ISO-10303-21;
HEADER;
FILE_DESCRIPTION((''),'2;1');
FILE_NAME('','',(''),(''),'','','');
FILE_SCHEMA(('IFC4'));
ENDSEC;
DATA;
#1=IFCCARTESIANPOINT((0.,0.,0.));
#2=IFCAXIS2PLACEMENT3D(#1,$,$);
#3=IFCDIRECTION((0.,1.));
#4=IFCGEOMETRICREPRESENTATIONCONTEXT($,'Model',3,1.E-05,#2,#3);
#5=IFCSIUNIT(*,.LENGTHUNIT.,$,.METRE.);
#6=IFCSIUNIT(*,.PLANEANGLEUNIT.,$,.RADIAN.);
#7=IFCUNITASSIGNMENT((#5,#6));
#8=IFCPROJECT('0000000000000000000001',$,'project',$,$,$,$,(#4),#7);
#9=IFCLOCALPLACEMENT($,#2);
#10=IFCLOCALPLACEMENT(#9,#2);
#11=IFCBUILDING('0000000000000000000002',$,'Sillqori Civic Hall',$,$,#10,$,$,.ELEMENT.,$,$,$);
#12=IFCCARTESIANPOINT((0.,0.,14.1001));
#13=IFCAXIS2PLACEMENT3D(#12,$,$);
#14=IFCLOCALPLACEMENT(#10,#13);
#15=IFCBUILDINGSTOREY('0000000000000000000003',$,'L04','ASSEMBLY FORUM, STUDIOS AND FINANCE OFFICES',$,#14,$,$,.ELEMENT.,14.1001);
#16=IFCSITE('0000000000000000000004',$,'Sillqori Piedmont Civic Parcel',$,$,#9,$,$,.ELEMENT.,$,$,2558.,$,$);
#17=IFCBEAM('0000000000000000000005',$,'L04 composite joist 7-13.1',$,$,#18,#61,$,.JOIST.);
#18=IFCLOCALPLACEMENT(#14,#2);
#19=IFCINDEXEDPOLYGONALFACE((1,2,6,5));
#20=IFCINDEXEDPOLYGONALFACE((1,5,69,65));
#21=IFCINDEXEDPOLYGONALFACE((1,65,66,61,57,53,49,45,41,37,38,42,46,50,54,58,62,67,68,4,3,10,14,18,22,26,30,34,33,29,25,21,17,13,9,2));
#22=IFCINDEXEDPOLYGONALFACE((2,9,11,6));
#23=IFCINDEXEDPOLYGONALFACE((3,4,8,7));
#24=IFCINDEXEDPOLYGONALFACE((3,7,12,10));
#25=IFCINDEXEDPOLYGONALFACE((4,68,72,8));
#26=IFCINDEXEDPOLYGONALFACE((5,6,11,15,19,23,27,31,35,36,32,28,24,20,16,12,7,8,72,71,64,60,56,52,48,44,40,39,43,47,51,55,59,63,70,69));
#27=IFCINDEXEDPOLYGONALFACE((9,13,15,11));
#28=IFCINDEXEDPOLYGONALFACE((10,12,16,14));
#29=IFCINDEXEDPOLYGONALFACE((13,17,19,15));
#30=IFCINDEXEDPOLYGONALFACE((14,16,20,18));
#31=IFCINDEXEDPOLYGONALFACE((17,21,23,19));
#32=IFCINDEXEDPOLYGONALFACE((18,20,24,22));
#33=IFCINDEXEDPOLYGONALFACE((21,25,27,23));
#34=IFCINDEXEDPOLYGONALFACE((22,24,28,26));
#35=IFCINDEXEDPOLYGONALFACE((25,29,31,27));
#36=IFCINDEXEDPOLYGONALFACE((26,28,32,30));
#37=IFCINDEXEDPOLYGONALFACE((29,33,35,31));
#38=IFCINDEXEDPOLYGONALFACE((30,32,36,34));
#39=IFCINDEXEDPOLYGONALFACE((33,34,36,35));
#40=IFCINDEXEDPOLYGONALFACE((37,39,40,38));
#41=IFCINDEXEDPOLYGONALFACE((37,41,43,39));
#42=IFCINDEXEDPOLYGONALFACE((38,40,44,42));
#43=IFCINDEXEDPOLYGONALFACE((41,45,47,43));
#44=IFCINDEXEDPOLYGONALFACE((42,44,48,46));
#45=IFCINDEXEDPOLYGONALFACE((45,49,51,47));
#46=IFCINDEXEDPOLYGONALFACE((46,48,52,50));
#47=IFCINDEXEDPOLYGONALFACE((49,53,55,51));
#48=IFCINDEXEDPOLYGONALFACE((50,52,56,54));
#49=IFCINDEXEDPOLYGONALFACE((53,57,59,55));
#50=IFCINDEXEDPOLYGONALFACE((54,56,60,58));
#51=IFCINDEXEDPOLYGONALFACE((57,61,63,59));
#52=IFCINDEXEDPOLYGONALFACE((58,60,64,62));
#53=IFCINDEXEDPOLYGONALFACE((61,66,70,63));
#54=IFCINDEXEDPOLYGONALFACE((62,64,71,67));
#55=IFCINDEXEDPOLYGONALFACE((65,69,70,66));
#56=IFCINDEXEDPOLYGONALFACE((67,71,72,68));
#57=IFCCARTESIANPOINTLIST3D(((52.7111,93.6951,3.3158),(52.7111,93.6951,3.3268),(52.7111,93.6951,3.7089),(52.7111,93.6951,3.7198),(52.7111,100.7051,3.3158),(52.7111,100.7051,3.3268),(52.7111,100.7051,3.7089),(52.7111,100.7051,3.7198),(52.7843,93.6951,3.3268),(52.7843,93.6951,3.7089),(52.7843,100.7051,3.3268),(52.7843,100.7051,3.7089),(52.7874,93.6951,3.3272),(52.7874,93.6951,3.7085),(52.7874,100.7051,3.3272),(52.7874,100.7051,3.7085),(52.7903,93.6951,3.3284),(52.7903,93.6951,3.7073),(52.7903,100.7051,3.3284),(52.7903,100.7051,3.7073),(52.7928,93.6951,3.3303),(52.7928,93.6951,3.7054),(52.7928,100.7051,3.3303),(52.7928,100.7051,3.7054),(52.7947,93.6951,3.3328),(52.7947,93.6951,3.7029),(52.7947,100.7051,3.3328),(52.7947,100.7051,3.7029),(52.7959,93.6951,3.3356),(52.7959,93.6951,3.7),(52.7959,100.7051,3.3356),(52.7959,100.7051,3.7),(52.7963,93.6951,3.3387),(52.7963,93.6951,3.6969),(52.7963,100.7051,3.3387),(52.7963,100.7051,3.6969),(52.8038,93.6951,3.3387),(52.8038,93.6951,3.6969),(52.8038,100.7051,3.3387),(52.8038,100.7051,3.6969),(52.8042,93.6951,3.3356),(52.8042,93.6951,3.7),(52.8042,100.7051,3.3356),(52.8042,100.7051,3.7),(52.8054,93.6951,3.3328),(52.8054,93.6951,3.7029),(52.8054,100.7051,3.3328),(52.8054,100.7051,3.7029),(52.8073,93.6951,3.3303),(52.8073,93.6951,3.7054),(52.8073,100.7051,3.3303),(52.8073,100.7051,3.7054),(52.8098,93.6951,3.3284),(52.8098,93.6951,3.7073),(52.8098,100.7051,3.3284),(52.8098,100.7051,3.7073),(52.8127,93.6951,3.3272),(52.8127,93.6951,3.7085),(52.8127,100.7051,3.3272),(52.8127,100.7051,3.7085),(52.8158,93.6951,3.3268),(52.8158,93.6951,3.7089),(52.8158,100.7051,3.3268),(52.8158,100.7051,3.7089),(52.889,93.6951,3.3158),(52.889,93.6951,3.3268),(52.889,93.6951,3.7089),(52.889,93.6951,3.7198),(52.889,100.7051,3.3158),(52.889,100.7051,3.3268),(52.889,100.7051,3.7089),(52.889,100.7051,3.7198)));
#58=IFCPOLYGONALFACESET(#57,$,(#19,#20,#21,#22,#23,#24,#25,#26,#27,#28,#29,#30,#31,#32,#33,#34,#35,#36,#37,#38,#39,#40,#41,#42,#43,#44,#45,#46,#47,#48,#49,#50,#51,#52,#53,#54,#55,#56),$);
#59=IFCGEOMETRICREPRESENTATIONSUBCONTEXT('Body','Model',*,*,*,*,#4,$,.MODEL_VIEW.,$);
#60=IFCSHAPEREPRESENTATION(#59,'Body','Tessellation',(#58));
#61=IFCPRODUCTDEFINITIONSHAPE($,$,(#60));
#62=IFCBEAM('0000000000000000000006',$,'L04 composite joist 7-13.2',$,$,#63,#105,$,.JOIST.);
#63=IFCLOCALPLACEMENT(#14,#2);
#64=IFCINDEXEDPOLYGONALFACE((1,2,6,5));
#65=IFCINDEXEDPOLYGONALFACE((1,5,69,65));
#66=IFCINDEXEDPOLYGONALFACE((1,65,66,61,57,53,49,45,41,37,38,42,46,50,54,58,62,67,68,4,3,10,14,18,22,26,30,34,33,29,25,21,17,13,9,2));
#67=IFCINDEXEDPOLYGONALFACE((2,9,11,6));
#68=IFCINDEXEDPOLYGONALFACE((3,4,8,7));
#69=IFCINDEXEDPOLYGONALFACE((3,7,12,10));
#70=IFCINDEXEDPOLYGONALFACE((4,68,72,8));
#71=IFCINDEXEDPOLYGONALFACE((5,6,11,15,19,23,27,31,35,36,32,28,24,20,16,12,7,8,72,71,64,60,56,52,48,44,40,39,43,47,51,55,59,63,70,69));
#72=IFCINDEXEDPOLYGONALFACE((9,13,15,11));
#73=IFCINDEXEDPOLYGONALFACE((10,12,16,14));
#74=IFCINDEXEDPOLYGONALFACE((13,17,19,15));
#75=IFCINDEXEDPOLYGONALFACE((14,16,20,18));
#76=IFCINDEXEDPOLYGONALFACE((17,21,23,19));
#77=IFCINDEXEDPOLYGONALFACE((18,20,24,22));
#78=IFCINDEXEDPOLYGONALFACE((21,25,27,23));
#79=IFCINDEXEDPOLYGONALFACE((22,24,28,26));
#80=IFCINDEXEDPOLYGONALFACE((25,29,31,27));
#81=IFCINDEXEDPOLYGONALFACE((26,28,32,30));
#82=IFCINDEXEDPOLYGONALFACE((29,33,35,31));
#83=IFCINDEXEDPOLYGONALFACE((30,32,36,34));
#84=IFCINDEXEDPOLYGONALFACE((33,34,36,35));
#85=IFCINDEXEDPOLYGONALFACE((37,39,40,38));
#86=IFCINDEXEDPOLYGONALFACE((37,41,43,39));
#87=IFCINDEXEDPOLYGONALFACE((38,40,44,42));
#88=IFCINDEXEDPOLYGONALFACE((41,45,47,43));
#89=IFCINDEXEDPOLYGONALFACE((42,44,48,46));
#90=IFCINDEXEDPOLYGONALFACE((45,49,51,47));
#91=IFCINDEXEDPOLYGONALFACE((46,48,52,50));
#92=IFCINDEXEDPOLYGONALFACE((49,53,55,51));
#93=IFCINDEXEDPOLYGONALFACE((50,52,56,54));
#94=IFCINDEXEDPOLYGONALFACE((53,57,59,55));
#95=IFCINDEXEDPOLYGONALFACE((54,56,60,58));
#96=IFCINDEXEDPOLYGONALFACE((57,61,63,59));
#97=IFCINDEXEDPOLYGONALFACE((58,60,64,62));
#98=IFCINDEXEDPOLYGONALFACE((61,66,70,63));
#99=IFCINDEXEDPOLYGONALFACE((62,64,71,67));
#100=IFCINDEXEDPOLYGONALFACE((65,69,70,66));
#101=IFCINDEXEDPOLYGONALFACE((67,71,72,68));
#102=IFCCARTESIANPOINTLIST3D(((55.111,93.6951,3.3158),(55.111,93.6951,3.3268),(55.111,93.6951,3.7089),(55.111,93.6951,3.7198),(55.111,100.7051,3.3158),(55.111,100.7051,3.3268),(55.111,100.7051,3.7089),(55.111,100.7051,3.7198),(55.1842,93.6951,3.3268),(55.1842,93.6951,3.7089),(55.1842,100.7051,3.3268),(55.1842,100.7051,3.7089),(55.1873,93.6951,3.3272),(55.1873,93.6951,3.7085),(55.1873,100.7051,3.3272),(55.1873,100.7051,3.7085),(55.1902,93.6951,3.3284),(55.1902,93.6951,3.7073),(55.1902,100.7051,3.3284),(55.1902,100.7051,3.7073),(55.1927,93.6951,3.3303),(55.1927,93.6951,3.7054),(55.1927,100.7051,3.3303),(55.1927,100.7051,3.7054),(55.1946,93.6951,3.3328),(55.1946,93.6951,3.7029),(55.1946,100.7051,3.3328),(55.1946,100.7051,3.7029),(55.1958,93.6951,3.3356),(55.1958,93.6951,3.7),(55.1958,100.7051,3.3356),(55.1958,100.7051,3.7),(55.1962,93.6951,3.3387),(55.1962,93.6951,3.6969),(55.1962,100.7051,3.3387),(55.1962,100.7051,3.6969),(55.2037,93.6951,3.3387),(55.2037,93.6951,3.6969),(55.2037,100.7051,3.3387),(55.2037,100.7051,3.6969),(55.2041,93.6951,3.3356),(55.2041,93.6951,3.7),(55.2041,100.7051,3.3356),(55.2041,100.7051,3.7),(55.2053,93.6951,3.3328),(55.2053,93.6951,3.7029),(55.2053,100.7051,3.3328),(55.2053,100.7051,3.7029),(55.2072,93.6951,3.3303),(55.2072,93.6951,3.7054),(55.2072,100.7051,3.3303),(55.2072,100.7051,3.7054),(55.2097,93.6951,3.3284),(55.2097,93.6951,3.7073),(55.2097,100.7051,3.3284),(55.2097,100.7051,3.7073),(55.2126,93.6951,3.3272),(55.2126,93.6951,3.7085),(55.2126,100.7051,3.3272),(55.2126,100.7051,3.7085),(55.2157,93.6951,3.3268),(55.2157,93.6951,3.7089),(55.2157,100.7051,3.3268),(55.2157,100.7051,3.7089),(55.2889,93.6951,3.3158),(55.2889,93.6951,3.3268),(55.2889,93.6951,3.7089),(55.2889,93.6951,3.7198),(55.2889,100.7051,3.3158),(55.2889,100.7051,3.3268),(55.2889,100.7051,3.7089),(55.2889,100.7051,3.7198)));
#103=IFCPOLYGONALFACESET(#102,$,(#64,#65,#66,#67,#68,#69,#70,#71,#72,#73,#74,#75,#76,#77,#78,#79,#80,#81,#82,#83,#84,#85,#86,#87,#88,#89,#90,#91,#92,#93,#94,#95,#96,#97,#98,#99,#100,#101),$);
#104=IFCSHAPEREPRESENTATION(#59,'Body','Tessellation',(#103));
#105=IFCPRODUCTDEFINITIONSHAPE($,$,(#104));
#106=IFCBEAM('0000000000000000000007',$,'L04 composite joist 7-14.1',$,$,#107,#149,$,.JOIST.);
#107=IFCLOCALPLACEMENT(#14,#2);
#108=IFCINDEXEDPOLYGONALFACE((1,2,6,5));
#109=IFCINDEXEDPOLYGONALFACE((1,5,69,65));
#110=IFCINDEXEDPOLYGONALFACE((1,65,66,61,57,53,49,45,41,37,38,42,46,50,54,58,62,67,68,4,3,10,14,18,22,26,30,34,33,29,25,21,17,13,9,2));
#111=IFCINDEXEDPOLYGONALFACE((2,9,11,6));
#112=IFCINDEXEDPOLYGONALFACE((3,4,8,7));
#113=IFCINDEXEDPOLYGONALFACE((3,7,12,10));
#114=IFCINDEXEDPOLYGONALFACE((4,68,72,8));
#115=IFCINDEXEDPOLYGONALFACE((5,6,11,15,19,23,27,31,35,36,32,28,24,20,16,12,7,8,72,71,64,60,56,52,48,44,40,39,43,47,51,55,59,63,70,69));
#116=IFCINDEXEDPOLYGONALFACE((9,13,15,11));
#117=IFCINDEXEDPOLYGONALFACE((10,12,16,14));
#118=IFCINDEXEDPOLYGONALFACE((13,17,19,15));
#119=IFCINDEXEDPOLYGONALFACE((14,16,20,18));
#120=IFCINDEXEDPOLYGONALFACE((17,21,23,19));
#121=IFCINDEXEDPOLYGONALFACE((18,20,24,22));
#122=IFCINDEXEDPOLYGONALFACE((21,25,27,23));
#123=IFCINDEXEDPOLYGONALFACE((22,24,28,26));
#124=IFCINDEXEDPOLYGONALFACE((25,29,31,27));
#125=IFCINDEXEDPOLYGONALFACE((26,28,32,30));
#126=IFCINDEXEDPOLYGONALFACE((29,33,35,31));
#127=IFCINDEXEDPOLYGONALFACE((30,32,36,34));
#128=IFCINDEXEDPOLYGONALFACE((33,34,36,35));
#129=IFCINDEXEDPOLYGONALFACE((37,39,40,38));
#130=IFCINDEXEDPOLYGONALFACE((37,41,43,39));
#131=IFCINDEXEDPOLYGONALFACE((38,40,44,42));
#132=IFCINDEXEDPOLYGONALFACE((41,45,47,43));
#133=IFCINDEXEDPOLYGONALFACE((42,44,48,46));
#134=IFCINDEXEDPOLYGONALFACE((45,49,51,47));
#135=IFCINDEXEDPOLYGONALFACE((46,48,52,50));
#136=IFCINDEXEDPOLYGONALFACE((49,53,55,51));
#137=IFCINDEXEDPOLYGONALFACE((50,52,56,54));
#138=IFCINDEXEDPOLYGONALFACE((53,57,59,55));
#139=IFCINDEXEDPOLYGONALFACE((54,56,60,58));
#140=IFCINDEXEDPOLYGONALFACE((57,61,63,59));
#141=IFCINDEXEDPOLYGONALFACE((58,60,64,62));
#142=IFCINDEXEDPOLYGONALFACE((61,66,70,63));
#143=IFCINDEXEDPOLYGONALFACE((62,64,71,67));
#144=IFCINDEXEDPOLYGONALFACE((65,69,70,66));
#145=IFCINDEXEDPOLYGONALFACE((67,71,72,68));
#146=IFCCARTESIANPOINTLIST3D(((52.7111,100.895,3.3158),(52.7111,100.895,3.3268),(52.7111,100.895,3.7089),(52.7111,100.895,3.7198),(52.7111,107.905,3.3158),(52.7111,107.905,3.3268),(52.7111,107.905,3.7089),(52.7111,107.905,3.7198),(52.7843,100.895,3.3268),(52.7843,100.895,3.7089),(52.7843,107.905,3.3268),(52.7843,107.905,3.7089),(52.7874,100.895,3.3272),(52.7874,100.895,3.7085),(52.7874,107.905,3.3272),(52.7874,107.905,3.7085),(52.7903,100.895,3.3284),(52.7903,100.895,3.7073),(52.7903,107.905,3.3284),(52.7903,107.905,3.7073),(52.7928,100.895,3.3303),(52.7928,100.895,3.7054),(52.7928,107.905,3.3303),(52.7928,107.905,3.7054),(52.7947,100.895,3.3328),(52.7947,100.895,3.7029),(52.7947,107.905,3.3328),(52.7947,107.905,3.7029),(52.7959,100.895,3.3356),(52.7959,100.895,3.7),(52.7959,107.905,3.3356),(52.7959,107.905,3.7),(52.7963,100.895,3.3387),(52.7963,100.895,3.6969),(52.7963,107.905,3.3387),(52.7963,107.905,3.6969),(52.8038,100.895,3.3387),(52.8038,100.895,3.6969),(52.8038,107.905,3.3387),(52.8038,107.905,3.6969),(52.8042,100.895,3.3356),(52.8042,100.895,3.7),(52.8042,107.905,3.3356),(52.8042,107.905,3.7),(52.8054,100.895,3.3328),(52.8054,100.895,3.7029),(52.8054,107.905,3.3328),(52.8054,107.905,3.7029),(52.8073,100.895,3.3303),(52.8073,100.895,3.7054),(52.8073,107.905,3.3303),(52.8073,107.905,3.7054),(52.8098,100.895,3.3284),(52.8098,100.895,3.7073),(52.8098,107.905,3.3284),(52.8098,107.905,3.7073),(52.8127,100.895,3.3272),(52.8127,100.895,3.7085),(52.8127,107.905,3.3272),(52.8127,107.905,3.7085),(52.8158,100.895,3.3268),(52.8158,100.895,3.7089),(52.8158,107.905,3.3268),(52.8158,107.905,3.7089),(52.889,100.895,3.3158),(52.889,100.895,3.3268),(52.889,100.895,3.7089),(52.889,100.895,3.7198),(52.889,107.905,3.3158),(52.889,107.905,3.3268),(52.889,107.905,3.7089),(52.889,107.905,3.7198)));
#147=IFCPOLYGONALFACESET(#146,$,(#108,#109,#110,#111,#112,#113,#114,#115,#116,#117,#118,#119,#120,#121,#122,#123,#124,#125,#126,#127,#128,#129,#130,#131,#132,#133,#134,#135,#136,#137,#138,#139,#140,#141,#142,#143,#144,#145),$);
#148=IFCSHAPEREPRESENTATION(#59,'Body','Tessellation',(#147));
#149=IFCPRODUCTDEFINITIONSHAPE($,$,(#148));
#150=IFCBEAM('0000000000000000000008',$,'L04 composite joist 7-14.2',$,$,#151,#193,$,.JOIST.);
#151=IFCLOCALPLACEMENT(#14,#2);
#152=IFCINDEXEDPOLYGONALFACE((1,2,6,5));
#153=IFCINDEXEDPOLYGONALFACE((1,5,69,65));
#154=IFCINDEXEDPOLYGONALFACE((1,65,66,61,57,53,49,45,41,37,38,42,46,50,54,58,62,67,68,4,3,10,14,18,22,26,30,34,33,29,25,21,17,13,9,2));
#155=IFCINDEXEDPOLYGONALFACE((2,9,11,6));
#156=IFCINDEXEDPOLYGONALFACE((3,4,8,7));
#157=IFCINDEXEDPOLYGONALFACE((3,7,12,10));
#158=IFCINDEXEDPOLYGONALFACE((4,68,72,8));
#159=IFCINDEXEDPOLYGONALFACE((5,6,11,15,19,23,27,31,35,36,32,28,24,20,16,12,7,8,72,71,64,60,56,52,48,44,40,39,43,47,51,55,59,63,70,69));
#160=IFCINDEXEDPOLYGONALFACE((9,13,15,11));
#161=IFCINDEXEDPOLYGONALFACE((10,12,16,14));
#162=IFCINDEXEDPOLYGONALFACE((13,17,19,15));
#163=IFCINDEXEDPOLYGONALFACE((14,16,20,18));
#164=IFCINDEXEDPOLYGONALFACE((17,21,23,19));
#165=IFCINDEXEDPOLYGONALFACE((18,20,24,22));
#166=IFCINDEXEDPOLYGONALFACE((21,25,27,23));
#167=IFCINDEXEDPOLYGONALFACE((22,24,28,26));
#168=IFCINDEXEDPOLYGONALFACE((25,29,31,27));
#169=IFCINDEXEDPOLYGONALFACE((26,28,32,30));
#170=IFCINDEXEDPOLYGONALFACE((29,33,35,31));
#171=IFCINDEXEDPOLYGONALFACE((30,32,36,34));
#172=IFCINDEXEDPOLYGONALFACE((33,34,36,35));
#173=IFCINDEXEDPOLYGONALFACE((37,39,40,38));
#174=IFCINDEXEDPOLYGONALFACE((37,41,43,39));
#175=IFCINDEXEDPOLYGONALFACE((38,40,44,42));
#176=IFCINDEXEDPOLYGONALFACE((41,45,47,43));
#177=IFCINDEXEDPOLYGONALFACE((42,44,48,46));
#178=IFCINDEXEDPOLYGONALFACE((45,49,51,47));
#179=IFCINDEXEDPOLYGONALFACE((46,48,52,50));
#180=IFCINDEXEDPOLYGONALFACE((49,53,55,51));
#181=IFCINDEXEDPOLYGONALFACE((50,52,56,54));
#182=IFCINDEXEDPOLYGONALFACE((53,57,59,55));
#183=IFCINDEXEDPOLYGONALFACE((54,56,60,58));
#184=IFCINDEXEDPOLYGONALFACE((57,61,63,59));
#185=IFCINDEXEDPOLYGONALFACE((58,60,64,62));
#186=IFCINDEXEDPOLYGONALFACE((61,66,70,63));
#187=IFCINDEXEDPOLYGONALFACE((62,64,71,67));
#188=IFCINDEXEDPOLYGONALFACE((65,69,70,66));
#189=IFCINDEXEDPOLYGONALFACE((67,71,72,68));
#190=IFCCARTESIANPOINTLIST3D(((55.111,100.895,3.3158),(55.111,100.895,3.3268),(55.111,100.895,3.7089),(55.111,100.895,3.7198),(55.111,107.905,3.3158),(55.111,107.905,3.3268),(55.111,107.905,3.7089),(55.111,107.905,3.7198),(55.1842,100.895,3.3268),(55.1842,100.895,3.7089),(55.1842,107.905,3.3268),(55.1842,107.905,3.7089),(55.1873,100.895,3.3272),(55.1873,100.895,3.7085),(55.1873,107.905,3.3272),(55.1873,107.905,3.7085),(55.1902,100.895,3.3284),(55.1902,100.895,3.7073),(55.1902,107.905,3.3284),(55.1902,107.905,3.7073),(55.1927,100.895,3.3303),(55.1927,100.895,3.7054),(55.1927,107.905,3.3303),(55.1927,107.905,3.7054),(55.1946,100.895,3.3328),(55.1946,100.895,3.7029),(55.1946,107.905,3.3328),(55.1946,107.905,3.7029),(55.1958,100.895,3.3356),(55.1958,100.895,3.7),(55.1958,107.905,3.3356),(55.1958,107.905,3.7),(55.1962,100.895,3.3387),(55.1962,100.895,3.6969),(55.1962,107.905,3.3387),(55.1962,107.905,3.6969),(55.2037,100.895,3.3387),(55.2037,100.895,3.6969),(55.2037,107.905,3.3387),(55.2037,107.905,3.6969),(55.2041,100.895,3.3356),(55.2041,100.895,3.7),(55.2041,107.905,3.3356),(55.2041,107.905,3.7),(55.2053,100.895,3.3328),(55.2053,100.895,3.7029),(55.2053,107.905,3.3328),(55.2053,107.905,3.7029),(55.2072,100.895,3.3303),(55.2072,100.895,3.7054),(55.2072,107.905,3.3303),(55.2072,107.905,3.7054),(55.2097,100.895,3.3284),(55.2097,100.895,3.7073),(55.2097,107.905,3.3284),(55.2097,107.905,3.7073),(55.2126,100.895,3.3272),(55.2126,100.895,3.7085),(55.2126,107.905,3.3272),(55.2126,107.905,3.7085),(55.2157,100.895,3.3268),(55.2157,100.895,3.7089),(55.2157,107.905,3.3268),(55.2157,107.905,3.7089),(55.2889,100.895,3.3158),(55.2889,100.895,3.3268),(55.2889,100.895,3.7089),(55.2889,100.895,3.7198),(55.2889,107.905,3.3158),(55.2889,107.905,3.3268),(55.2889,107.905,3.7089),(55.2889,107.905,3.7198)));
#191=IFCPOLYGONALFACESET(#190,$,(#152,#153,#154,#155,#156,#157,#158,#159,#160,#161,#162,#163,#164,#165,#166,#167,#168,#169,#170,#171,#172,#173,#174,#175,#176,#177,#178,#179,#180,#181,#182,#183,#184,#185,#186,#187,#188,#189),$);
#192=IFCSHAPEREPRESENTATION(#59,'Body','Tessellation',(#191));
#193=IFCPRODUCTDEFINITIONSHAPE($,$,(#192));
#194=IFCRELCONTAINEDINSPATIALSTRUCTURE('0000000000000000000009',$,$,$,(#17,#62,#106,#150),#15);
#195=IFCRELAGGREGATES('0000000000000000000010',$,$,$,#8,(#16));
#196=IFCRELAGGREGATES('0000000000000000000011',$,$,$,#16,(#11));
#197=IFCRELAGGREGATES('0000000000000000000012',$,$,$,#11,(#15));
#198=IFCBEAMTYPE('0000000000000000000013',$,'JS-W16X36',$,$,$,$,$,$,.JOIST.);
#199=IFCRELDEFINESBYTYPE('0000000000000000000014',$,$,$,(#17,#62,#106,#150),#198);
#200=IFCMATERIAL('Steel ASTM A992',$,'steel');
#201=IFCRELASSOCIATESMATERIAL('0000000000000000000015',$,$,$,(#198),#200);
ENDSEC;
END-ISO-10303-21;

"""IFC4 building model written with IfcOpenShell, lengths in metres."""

from ifc_helpers import new_model, si_unit, direction, frame, origin, origin_2d, place, context, subcontext, project, spatial, i_section, extrude, material, material_profile, profile_set, type_object, element, save


model = new_model("IFC4")

# Units and contexts
model_context = context("Model", 3, precision=1e-05, world=origin(), true_north=direction((0.0, 1.0)))
body_context = subcontext(model_context, "Body", "Model", "MODEL_VIEW")
ifc_project = project(units=[si_unit("LENGTHUNIT", "METRE"), si_unit("PLANEANGLEUNIT", "RADIAN")], contexts=[model_context])

# Site, building, storey
site_placement = place(None, origin())
site = spatial("IfcSite", under=ifc_project, at=site_placement, Name="Sillqori Piedmont Civic Parcel", CompositionType="ELEMENT", RefElevation=2558.0)
building_placement = place(site_placement, origin())
building = spatial("IfcBuilding", under=site, at=building_placement, Name="Sillqori Civic Hall", CompositionType="ELEMENT")
storey_placement = place(building_placement, frame((0.0, 0.0, 14.1001)))
storey = spatial("IfcBuildingStorey", under=building, at=storey_placement, Name="L04", Description="ASSEMBLY FORUM, STUDIOS AND FINANCE OFFICES", CompositionType="ELEMENT", Elevation=14.1001)

# Shared definitions
ifc_material_1 = material(Name="Steel ASTM A992", Category="steel")

# Beams
ifc_material_profile_1 = material_profile(ifc_material_1, i_section(OverallWidth=0.178, OverallDepth=0.4041, WebThickness=0.0076, FlangeThickness=0.011, FilletRadius=0.012, at=origin_2d()), Name="W16X36")
ifc_profile_set_1 = profile_set([ifc_material_profile_1], Name="Steel ASTM A992")
beam_type_1 = type_object("IfcBeamType", Name="JS-W16X36", PredefinedType="JOIST", material=ifc_profile_set_1)
for number, where, z_axis, x_axis, name in (
    (1, (52.8, 93.6951, 3.5178), (0.0, 1.0, 0.0), (-1.0, 0.0, 0.0), "L04 composite joist 7-13.1"),
    (2, (55.2, 93.6951, 3.5178), (0.0, 1.0, 0.0), (-1.0, 0.0, 0.0), "L04 composite joist 7-13.2"),
    (3, (52.8, 100.895, 3.5178), (0.0, 1.0, 0.0), (-1.0, 0.0, 0.0), "L04 composite joist 7-14.1"),
    (4, (55.2, 100.895, 3.5178), (0.0, 1.0, 0.0), (-1.0, 0.0, 0.0), "L04 composite joist 7-14.2"),
):
    element("IfcBeam", number, at=place(storey_placement, frame(where, z_axis=z_axis, x_axis=x_axis)), inside=storey, type_object=beam_type_1, Name=name, PredefinedType="JOIST", context=body_context, shape_type="SweptSolid", body=[
        extrude(i_section(OverallWidth=0.178, OverallDepth=0.4041, WebThickness=0.0076, FlangeThickness=0.011, FilletRadius=0.012, at=origin_2d()), origin(), (0.0, 0.0, 1.0), 7.01),
    ])

save(model, "model.ifc")
